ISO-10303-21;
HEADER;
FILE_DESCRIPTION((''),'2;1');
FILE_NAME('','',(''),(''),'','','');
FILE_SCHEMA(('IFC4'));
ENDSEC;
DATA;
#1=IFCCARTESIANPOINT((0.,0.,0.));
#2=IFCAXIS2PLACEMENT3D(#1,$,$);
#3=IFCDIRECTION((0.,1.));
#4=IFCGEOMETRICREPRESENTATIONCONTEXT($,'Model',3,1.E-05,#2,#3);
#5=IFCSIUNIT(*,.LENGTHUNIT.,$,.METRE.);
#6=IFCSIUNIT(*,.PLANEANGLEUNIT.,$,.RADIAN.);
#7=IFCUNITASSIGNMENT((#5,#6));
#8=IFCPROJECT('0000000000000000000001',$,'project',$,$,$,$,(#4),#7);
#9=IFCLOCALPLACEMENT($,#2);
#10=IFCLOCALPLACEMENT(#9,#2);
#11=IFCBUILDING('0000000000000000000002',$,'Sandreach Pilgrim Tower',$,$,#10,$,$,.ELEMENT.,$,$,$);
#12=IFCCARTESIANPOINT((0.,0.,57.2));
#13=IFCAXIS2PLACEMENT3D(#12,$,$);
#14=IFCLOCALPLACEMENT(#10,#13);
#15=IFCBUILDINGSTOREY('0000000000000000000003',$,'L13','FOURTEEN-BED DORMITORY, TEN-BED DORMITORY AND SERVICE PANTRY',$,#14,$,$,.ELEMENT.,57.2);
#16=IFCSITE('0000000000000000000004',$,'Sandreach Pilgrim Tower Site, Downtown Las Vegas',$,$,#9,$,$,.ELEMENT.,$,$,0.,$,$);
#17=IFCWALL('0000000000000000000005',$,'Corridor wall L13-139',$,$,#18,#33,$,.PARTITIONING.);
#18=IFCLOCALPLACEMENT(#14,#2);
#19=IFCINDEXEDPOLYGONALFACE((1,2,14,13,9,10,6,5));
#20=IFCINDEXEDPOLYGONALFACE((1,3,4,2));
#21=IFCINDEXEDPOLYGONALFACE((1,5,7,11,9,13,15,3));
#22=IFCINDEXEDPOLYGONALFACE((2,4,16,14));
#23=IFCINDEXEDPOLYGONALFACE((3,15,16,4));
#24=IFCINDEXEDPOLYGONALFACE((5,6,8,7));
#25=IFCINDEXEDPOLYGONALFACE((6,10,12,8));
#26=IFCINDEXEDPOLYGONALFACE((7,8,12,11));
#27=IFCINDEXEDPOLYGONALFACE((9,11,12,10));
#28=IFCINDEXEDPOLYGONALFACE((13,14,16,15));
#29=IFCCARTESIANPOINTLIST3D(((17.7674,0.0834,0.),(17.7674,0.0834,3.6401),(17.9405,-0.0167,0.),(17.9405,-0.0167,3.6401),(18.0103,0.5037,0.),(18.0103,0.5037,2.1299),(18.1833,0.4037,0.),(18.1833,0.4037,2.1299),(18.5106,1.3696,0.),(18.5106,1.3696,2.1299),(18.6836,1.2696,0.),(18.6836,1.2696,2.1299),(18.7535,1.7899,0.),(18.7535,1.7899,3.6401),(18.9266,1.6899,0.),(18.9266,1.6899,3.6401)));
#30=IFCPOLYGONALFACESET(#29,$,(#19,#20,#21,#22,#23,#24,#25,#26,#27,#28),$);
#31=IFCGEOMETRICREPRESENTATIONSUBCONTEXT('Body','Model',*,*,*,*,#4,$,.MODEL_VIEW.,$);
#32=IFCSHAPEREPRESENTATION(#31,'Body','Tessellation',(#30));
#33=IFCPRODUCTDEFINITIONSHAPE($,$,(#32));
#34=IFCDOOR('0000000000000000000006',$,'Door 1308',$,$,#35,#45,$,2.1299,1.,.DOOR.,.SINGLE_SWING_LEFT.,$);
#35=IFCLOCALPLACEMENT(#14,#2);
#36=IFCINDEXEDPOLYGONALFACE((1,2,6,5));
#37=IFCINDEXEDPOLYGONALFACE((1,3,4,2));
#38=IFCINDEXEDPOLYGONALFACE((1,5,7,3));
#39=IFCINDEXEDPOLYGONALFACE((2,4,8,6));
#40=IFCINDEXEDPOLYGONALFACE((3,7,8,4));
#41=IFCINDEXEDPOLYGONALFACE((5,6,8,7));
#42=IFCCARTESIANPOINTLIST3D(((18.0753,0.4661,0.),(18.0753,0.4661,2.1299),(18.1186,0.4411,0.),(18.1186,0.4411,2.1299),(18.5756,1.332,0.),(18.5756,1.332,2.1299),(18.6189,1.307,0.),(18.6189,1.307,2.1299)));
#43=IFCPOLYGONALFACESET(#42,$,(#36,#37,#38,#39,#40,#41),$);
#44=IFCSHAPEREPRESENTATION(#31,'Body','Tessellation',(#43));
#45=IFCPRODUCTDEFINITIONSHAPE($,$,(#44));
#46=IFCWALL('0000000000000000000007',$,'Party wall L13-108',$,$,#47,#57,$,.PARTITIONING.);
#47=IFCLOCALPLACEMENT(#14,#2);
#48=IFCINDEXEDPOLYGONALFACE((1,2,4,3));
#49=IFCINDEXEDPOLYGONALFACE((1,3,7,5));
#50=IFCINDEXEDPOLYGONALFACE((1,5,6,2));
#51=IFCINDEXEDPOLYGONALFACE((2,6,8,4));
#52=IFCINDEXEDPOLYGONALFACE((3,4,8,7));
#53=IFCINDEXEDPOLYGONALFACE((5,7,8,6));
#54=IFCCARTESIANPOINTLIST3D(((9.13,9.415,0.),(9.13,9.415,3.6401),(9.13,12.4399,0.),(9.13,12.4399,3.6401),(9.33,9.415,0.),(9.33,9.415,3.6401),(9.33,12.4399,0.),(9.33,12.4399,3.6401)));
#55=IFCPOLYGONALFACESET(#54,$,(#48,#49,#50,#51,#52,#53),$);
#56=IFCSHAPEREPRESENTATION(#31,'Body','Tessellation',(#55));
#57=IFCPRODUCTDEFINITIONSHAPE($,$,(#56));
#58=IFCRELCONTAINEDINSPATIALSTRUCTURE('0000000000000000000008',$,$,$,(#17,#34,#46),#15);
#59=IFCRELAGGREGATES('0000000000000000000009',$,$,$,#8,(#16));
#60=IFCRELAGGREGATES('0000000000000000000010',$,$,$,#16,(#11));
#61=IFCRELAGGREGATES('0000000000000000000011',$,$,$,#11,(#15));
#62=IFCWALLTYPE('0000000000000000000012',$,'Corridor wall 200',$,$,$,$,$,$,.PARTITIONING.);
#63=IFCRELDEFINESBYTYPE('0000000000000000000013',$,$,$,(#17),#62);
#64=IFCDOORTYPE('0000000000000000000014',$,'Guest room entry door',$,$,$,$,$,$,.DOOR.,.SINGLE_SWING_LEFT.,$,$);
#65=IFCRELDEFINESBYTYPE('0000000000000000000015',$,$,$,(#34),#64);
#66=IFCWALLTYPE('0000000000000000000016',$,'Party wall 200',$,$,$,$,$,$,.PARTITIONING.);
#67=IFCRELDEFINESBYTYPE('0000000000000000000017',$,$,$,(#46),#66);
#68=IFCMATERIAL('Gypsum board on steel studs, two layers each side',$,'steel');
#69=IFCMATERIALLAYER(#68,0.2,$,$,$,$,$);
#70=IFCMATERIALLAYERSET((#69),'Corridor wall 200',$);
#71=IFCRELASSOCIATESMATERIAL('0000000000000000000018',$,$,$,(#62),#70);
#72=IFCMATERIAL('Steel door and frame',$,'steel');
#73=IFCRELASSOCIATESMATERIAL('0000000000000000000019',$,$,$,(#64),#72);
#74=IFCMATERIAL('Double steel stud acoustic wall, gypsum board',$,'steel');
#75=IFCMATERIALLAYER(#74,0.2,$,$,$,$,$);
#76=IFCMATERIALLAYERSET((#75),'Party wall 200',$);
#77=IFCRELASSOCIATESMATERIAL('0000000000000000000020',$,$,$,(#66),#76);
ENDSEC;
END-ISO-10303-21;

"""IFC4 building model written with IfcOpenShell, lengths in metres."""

from ifc_helpers import new_model, si_unit, direction, frame, frame_2d, origin, place, context, subcontext, project, spatial, rectangle, extrude, material, layer, layer_set, type_object, element, fill, save


model = new_model("IFC4")

# Units and contexts
model_context = context("Model", 3, precision=1e-05, world=origin(), true_north=direction((0.0, 1.0)))
body_context = subcontext(model_context, "Body", "Model", "MODEL_VIEW")
ifc_project = project(units=[si_unit("LENGTHUNIT", "METRE"), si_unit("PLANEANGLEUNIT", "RADIAN")], contexts=[model_context])

# Site, building, storey
site_placement = place(None, origin())
site = spatial("IfcSite", under=ifc_project, at=site_placement, Name="Sandreach Pilgrim Tower Site, Downtown Las Vegas", CompositionType="ELEMENT", RefElevation=0.0)
building_placement = place(site_placement, origin())
building = spatial("IfcBuilding", under=site, at=building_placement, Name="Sandreach Pilgrim Tower", CompositionType="ELEMENT")
storey_placement = place(building_placement, frame((0.0, 0.0, 57.2)))
storey = spatial("IfcBuildingStorey", under=building, at=storey_placement, Name="L13", Description="FOURTEEN-BED DORMITORY, TEN-BED DORMITORY AND SERVICE PANTRY", CompositionType="ELEMENT", Elevation=57.2)

# Shared definitions
ifc_material_1 = material(Name="Gypsum board on steel studs, two layers each side", Category="steel")
ifc_layer_1 = layer(ifc_material_1, 0.2)
ifc_layer_set_1 = layer_set([ifc_layer_1], Name="Corridor wall 200")
wall_type_1 = type_object("IfcWallType", Name="Corridor wall 200", PredefinedType="PARTITIONING", material=ifc_layer_set_1)

# Shared definitions
ifc_material_2 = material(Name="Steel door and frame", Category="steel")
door_type_1 = type_object("IfcDoorType", Name="Guest room entry door", OperationType="SINGLE_SWING_LEFT", PredefinedType="DOOR", material=ifc_material_2)

# Wall, opening, door
wall_1_placement = place(storey_placement, frame((17.854, 0.0334, 0.0), z_axis=(0.0, 0.0, 1.0), x_axis=(0.500309, 0.865847, 0.0)))
wall_1 = element("IfcWall", 1, at=wall_1_placement, inside=storey, type_object=wall_type_1, Name="Corridor wall L13-139", PredefinedType="PARTITIONING", context=body_context, shape_type="SweptSolid", body=[
    extrude(rectangle(XDim=1.9709, YDim=0.2, at=frame_2d((0.9854, 0.0))), origin(), (0.0, 0.0, 1.0), 3.6401),
])
opening_1_placement = place(wall_1_placement, frame((0.4854, 0.0, 0.0)))
opening_1 = element("IfcOpeningElement", 2, at=opening_1_placement, cuts=wall_1, PredefinedType="OPENING", context=body_context, shape_type="SweptSolid", body=[
    extrude(rectangle(XDim=1.0, YDim=2.1299, at=frame_2d((0.5, 1.0649))), frame((0.0, 0.1001, 0.0), z_axis=(0.0, -1.0, 0.0), x_axis=(1.0, 0.0, 0.0)), (0.0, 0.0, 1.0), 0.2),
])
door_1_placement = place(opening_1_placement, origin())
door_1 = element("IfcDoor", 3, at=door_1_placement, inside=storey, type_object=door_type_1, Name="Door 1308", OperationType="SINGLE_SWING_LEFT", OverallHeight=2.1299, OverallWidth=1.0, PredefinedType="DOOR", context=body_context, shape_type="SweptSolid", body=[
    extrude(rectangle(XDim=1.0, YDim=2.1299, at=frame_2d((0.5, 1.0649))), frame((0.0, 0.0249, 0.0), z_axis=(0.0, -1.0, 0.0), x_axis=(1.0, 0.0, 0.0)), (0.0, 0.0, 1.0), 0.05),
])
fill(opening_1, door_1)

# Wall
ifc_material_3 = material(Name="Double steel stud acoustic wall, gypsum board", Category="steel")
ifc_layer_2 = layer(ifc_material_3, 0.2)
ifc_layer_set_2 = layer_set([ifc_layer_2], Name="Party wall 200")
wall_type_2 = type_object("IfcWallType", Name="Party wall 200", PredefinedType="PARTITIONING", material=ifc_layer_set_2)
wall_2_placement = place(storey_placement, frame((9.23, 12.4399, 0.0), z_axis=(0.0, 0.0, 1.0), x_axis=(0.0, -1.0, 0.0)))
element("IfcWall", 4, at=wall_2_placement, inside=storey, type_object=wall_type_2, Name="Party wall L13-108", PredefinedType="PARTITIONING", context=body_context, shape_type="SweptSolid", body=[
    extrude(rectangle(XDim=3.0249, YDim=0.2, at=frame_2d((1.5125, 0.0))), origin(), (0.0, 0.0, 1.0), 3.6401),
])

save(model, "model.ifc")
